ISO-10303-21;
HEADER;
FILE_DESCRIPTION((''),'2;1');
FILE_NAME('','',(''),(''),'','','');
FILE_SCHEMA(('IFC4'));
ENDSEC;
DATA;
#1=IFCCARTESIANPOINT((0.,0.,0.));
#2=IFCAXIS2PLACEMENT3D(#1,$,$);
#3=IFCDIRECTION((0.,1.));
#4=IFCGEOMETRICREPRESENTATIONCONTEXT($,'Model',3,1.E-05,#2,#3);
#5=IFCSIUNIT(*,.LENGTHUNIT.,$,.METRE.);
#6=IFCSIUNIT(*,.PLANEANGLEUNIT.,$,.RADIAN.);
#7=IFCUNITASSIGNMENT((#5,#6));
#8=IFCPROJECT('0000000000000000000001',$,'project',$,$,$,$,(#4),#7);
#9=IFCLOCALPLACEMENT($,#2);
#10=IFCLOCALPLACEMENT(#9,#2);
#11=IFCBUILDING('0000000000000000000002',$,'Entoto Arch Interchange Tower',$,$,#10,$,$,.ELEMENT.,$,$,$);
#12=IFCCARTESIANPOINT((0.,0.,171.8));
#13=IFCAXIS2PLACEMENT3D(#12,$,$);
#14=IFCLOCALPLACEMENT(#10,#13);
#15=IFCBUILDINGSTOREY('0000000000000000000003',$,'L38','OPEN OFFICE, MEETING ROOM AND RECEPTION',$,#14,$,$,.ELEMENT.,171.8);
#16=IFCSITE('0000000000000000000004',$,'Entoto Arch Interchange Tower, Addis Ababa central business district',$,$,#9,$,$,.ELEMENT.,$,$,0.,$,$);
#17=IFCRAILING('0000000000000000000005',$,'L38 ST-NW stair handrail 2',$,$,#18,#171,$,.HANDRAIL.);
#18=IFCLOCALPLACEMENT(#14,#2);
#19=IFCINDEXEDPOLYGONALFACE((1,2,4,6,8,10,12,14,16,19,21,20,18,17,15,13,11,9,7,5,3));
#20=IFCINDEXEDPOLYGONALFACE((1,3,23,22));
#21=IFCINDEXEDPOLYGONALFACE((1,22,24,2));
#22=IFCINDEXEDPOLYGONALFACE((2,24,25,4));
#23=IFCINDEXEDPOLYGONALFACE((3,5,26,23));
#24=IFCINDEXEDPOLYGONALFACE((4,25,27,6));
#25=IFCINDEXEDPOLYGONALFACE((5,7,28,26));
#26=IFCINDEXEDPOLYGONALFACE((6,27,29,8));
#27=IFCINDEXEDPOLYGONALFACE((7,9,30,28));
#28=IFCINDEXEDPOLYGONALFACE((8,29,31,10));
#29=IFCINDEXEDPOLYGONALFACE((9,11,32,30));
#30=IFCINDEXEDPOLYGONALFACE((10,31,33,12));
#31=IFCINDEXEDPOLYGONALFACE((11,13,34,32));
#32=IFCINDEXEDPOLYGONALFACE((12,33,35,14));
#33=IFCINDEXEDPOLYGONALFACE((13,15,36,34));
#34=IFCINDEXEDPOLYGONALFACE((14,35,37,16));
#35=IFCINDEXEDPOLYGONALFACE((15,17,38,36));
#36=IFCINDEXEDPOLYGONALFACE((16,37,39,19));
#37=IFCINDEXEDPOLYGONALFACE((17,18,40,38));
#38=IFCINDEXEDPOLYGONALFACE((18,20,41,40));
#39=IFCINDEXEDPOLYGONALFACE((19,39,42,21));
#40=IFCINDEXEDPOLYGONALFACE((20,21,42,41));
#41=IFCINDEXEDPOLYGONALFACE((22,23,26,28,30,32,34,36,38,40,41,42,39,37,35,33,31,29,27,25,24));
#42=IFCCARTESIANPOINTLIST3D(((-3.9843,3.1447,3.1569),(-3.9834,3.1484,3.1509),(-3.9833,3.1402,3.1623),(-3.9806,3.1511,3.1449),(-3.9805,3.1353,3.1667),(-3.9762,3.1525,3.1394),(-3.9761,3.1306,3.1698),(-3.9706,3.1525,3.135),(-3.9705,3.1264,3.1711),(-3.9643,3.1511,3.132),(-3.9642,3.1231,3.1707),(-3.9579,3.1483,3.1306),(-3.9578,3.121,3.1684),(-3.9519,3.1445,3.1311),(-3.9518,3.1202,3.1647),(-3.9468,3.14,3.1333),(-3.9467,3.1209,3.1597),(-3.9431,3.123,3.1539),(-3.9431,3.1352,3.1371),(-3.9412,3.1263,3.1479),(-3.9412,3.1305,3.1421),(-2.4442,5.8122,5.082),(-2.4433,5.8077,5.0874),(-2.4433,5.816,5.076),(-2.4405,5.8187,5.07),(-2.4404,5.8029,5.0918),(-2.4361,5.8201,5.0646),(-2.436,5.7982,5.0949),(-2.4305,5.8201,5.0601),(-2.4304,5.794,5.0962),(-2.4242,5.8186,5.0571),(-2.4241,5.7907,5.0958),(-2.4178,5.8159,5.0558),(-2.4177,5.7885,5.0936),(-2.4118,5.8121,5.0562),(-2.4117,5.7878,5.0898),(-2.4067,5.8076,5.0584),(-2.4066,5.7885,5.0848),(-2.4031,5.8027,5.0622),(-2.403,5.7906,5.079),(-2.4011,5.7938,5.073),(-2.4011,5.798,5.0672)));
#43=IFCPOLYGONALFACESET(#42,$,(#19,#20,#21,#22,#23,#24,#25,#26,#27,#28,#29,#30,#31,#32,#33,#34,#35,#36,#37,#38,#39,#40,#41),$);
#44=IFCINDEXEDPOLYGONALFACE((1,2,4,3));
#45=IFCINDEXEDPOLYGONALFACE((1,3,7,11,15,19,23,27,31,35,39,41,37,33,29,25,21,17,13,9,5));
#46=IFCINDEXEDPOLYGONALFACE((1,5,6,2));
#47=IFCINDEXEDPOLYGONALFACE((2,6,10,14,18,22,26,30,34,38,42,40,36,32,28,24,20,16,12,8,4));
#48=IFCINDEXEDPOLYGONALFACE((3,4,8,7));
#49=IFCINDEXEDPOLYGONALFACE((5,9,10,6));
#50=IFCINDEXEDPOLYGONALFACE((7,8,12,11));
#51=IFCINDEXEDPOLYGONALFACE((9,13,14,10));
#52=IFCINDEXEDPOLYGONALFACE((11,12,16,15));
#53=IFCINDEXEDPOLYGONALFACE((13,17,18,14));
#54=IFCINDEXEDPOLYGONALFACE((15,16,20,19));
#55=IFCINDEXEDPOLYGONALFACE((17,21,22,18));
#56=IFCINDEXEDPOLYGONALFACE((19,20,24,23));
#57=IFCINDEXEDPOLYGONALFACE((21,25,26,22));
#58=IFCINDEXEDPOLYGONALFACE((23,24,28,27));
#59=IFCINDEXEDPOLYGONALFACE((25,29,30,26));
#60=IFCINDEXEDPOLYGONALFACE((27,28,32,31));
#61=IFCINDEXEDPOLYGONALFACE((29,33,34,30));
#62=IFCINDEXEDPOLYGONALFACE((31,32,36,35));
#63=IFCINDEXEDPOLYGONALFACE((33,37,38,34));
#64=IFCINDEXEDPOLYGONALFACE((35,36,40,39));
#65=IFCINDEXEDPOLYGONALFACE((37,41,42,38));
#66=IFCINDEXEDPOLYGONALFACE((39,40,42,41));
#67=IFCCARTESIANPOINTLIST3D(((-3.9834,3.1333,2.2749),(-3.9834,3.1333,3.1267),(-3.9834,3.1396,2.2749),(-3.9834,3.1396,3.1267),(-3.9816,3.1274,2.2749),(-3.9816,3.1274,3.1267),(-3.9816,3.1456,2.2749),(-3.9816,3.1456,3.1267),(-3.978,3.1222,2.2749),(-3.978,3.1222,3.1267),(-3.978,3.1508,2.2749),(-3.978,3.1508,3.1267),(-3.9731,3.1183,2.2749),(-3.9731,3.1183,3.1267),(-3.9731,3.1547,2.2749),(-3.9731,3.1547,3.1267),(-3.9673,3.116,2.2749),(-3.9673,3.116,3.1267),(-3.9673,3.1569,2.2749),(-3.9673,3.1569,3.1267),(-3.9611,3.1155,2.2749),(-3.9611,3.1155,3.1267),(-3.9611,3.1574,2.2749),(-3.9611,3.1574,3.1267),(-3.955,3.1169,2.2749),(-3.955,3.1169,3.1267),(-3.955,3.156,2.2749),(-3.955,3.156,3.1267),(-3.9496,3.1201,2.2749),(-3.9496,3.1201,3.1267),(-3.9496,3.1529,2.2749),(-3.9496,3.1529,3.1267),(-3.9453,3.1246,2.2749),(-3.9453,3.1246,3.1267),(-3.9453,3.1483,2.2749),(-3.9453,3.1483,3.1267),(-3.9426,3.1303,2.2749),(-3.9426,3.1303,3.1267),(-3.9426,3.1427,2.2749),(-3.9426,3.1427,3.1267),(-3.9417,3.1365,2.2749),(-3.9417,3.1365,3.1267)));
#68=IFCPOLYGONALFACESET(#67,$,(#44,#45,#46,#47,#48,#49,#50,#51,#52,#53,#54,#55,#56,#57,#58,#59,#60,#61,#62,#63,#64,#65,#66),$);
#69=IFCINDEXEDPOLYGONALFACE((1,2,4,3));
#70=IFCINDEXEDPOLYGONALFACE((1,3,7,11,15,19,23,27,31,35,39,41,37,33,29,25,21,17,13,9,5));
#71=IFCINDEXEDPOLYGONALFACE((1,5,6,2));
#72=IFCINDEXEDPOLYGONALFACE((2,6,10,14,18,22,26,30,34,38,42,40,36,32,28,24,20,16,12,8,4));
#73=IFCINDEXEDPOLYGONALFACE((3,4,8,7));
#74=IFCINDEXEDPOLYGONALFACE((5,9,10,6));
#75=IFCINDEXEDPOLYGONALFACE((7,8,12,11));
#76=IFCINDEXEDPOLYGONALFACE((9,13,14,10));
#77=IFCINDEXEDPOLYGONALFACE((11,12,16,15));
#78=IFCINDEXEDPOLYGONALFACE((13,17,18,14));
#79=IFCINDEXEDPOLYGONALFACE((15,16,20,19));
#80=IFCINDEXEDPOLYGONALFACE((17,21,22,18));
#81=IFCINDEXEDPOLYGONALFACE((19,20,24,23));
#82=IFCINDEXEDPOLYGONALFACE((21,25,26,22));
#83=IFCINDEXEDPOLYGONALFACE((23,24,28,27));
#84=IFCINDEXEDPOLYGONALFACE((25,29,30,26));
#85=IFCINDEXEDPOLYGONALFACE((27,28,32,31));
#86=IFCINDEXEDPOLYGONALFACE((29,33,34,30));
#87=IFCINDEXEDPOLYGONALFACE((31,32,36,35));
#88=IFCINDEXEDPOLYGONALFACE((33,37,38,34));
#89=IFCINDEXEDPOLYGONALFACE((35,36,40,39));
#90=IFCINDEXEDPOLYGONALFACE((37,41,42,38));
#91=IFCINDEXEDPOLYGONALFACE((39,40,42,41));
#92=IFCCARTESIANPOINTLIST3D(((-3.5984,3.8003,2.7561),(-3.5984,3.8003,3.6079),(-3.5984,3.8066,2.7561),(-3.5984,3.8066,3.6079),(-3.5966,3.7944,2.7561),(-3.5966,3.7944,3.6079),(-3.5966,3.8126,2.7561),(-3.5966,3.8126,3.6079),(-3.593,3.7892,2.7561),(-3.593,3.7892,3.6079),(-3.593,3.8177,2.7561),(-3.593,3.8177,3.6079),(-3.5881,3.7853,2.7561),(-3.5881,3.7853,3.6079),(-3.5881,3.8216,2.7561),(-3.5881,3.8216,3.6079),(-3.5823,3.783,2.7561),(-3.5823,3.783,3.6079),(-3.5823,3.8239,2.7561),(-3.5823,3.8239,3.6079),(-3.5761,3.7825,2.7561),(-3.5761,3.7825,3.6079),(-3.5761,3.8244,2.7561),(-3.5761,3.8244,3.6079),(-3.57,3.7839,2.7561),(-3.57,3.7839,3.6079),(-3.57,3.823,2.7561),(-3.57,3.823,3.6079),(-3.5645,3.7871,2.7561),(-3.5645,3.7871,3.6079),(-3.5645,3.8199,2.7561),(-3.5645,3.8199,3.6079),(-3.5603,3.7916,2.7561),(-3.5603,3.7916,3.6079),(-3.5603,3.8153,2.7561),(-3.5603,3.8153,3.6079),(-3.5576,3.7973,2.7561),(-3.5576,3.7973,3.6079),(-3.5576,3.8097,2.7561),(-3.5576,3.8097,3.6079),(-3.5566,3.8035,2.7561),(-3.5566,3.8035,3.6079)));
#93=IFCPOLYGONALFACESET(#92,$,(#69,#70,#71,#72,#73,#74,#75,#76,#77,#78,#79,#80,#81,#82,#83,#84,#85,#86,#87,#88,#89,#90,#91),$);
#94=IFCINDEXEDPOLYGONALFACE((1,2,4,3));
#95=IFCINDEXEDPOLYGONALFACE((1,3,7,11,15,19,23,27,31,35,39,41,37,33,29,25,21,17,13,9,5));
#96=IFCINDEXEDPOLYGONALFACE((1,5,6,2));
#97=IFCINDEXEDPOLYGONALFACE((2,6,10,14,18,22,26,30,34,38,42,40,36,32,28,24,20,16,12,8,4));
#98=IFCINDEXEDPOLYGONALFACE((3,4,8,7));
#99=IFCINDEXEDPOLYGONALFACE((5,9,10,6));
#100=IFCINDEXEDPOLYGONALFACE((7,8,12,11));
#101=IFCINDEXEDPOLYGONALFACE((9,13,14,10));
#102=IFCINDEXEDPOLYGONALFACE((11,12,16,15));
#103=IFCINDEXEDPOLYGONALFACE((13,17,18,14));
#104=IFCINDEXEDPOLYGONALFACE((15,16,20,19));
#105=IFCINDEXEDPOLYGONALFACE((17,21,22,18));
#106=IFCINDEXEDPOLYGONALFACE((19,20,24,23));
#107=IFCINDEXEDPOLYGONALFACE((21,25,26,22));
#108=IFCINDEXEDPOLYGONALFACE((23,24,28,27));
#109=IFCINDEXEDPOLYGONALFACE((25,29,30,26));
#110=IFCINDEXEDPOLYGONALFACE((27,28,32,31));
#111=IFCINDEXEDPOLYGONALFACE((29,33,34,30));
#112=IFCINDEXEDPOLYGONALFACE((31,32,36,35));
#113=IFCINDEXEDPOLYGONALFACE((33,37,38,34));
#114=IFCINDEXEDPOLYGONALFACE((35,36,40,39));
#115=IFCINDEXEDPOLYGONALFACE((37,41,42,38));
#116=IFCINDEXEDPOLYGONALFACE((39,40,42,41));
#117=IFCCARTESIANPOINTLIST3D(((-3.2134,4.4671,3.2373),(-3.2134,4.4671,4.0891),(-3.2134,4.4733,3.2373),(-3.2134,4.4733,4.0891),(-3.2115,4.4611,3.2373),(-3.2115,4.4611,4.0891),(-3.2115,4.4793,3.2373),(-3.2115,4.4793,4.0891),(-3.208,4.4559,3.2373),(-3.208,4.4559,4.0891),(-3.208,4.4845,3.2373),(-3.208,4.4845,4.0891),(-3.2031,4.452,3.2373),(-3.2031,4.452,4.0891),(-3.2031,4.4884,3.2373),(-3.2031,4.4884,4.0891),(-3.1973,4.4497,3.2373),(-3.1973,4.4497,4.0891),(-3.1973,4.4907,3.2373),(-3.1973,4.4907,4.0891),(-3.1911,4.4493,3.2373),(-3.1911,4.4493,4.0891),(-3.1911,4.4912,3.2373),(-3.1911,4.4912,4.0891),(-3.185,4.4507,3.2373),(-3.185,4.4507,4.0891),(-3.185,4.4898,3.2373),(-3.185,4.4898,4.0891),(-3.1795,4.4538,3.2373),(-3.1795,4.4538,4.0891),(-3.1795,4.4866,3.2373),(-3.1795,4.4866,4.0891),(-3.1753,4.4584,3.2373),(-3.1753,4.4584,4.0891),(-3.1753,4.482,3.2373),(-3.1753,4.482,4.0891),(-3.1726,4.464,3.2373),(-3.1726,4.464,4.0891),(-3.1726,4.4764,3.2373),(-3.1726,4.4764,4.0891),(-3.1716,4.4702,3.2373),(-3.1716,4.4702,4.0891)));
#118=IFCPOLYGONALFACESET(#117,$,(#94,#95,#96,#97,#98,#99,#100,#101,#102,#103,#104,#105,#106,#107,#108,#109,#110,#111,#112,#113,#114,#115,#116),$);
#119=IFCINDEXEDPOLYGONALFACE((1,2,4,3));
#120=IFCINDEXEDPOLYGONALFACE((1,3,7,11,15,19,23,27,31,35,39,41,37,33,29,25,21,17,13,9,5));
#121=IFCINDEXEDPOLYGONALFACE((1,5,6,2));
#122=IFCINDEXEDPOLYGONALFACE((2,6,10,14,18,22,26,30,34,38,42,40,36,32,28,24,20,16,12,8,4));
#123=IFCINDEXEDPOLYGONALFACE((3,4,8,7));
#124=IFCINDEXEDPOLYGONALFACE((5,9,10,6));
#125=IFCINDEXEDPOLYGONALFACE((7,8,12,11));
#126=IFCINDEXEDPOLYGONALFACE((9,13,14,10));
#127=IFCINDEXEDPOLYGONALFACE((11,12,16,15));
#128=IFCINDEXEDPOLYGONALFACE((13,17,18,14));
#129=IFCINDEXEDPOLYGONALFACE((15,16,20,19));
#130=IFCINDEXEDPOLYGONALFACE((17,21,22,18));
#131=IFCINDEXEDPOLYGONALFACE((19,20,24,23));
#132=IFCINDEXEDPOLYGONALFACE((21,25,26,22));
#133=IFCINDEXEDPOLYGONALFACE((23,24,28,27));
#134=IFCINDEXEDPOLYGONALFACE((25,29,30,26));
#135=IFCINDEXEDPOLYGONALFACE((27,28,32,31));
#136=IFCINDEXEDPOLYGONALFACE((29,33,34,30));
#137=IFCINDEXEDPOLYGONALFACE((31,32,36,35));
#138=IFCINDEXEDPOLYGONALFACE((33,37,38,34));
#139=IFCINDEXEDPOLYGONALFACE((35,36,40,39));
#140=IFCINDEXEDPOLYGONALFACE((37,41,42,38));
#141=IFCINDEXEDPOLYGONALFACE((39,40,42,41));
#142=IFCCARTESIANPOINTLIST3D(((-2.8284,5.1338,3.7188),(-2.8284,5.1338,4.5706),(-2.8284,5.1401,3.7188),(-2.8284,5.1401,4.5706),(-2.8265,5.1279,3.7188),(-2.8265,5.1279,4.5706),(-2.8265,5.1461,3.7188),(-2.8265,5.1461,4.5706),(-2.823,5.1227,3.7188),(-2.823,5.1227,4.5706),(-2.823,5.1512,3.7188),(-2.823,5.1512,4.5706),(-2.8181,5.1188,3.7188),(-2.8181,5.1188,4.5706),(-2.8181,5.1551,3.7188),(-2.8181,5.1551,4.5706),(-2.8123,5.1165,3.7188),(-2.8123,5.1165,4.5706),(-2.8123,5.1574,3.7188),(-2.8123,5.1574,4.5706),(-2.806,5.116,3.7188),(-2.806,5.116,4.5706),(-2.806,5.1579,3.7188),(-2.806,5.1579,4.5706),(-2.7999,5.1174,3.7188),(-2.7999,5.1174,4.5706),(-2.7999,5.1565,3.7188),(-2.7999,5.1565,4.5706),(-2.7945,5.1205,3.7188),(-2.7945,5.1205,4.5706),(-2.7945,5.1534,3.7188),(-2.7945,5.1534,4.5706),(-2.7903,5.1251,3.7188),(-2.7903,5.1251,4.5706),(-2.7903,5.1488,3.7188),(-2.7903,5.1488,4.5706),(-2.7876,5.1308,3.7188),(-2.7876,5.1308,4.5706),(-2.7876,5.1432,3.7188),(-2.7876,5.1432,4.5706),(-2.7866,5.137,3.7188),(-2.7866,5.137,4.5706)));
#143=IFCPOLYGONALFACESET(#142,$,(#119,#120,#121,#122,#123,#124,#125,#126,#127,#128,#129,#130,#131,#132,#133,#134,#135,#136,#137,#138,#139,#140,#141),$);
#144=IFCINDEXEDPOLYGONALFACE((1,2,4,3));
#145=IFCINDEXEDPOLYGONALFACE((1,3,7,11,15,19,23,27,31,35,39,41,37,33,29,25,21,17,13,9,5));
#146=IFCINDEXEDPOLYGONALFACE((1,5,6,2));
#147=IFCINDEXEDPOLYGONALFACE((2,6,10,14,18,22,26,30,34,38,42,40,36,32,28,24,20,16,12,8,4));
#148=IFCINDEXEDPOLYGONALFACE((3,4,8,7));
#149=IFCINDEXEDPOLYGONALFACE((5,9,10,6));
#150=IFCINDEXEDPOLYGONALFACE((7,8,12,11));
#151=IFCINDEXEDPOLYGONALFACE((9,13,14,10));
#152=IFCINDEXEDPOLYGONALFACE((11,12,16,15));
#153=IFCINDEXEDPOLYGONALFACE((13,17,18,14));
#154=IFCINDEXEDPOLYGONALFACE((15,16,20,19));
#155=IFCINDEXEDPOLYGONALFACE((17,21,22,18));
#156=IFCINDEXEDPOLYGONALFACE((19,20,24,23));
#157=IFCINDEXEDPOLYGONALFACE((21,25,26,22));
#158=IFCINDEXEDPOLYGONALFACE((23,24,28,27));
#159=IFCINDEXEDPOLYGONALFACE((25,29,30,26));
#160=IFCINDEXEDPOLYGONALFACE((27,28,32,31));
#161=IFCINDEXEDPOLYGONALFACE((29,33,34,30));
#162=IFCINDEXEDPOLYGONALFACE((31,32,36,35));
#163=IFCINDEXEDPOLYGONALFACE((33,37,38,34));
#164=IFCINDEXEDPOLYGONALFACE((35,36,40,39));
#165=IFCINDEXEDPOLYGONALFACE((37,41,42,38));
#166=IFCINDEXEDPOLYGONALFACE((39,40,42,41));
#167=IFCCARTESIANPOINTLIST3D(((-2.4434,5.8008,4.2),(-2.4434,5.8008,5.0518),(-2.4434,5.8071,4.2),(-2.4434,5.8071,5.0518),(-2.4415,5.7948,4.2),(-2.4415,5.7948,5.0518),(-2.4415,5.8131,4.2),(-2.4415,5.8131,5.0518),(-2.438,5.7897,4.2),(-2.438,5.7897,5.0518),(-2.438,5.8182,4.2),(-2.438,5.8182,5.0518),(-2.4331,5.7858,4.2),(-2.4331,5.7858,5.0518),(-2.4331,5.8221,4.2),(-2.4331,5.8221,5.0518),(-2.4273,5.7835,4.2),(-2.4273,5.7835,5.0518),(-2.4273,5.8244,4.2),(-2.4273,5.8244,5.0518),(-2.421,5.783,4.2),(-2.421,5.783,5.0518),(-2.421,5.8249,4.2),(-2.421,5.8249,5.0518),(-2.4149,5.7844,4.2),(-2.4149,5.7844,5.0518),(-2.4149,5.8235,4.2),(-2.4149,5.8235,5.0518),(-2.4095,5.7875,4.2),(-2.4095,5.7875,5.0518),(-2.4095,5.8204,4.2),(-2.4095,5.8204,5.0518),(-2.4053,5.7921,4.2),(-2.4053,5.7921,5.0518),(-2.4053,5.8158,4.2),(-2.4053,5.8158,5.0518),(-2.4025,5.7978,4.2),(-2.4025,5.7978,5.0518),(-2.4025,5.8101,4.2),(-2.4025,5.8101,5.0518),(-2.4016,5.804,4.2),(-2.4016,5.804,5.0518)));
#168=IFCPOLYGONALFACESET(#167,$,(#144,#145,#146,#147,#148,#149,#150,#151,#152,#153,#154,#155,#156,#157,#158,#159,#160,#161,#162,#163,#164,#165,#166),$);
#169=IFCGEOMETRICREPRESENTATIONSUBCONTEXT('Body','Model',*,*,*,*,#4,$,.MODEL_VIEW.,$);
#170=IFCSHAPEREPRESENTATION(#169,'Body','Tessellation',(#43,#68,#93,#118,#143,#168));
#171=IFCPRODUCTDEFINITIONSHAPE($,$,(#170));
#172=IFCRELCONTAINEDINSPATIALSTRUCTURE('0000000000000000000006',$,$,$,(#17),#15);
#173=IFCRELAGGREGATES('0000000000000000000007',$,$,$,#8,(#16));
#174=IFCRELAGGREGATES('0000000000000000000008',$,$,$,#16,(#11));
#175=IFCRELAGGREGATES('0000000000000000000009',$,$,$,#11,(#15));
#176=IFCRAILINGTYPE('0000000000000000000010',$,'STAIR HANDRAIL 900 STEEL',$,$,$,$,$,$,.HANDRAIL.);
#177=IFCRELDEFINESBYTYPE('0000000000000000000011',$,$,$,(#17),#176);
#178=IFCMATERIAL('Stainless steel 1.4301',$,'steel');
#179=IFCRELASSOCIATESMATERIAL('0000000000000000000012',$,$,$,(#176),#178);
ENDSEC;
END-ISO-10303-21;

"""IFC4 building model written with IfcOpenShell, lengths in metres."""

from ifc_helpers import new_model, si_unit, direction, frame, origin, origin_2d, place, context, subcontext, project, spatial, circle, extrude, material, type_object, element, save


model = new_model("IFC4")

# Units and contexts
model_context = context("Model", 3, precision=1e-05, world=origin(), true_north=direction((0.0, 1.0)))
body_context = subcontext(model_context, "Body", "Model", "MODEL_VIEW")
ifc_project = project(units=[si_unit("LENGTHUNIT", "METRE"), si_unit("PLANEANGLEUNIT", "RADIAN")], contexts=[model_context])

# Site, building, storey
site_placement = place(None, origin())
site = spatial("IfcSite", under=ifc_project, at=site_placement, Name="Entoto Arch Interchange Tower, Addis Ababa central business district", CompositionType="ELEMENT", RefElevation=0.0)
building_placement = place(site_placement, origin())
building = spatial("IfcBuilding", under=site, at=building_placement, Name="Entoto Arch Interchange Tower", CompositionType="ELEMENT")
storey_placement = place(building_placement, frame((0.0, 0.0, 171.8)))
storey = spatial("IfcBuildingStorey", under=building, at=storey_placement, Name="L38", Description="OPEN OFFICE, MEETING ROOM AND RECEPTION", CompositionType="ELEMENT", Elevation=171.8)

# Railing
ifc_material_1 = material(Name="Stainless steel 1.4301", Category="steel")
railing_type_1 = type_object("IfcRailingType", Name="STAIR HANDRAIL 900 STEEL", PredefinedType="HANDRAIL", material=ifc_material_1)
railing_1_placement = place(storey_placement, frame((-3.9626, 3.1365, 2.2749)))
element("IfcRailing", 1, at=railing_1_placement, inside=storey, type_object=railing_type_1, Name="L38 ST-NW stair handrail 2", PredefinedType="HANDRAIL", context=body_context, shape_type="SweptSolid", body=[
    extrude(circle(Radius=0.0239, at=origin_2d()), frame((0.0, 0.0, 0.876), z_axis=(0.423994, 0.734395, 0.529993), x_axis=(-0.86603, 0.499992, 0.0)), (0.0, 0.0, 1.0), 3.6323),
    extrude(circle(Radius=0.021, at=origin_2d()), origin(), (0.0, 0.0, 1.0), 0.8518),
    extrude(circle(Radius=0.021, at=origin_2d()), frame((0.385, 0.667, 0.4812)), (0.0, 0.0, 1.0), 0.8518),
    extrude(circle(Radius=0.021, at=origin_2d()), frame((0.77, 1.3337, 0.9624)), (0.0, 0.0, 1.0), 0.8518),
    extrude(circle(Radius=0.021, at=origin_2d()), frame((1.155, 2.0005, 1.4438)), (0.0, 0.0, 1.0), 0.8518),
    extrude(circle(Radius=0.021, at=origin_2d()), frame((1.54, 2.6675, 1.925)), (0.0, 0.0, 1.0), 0.8518),
])

save(model, "model.ifc")
